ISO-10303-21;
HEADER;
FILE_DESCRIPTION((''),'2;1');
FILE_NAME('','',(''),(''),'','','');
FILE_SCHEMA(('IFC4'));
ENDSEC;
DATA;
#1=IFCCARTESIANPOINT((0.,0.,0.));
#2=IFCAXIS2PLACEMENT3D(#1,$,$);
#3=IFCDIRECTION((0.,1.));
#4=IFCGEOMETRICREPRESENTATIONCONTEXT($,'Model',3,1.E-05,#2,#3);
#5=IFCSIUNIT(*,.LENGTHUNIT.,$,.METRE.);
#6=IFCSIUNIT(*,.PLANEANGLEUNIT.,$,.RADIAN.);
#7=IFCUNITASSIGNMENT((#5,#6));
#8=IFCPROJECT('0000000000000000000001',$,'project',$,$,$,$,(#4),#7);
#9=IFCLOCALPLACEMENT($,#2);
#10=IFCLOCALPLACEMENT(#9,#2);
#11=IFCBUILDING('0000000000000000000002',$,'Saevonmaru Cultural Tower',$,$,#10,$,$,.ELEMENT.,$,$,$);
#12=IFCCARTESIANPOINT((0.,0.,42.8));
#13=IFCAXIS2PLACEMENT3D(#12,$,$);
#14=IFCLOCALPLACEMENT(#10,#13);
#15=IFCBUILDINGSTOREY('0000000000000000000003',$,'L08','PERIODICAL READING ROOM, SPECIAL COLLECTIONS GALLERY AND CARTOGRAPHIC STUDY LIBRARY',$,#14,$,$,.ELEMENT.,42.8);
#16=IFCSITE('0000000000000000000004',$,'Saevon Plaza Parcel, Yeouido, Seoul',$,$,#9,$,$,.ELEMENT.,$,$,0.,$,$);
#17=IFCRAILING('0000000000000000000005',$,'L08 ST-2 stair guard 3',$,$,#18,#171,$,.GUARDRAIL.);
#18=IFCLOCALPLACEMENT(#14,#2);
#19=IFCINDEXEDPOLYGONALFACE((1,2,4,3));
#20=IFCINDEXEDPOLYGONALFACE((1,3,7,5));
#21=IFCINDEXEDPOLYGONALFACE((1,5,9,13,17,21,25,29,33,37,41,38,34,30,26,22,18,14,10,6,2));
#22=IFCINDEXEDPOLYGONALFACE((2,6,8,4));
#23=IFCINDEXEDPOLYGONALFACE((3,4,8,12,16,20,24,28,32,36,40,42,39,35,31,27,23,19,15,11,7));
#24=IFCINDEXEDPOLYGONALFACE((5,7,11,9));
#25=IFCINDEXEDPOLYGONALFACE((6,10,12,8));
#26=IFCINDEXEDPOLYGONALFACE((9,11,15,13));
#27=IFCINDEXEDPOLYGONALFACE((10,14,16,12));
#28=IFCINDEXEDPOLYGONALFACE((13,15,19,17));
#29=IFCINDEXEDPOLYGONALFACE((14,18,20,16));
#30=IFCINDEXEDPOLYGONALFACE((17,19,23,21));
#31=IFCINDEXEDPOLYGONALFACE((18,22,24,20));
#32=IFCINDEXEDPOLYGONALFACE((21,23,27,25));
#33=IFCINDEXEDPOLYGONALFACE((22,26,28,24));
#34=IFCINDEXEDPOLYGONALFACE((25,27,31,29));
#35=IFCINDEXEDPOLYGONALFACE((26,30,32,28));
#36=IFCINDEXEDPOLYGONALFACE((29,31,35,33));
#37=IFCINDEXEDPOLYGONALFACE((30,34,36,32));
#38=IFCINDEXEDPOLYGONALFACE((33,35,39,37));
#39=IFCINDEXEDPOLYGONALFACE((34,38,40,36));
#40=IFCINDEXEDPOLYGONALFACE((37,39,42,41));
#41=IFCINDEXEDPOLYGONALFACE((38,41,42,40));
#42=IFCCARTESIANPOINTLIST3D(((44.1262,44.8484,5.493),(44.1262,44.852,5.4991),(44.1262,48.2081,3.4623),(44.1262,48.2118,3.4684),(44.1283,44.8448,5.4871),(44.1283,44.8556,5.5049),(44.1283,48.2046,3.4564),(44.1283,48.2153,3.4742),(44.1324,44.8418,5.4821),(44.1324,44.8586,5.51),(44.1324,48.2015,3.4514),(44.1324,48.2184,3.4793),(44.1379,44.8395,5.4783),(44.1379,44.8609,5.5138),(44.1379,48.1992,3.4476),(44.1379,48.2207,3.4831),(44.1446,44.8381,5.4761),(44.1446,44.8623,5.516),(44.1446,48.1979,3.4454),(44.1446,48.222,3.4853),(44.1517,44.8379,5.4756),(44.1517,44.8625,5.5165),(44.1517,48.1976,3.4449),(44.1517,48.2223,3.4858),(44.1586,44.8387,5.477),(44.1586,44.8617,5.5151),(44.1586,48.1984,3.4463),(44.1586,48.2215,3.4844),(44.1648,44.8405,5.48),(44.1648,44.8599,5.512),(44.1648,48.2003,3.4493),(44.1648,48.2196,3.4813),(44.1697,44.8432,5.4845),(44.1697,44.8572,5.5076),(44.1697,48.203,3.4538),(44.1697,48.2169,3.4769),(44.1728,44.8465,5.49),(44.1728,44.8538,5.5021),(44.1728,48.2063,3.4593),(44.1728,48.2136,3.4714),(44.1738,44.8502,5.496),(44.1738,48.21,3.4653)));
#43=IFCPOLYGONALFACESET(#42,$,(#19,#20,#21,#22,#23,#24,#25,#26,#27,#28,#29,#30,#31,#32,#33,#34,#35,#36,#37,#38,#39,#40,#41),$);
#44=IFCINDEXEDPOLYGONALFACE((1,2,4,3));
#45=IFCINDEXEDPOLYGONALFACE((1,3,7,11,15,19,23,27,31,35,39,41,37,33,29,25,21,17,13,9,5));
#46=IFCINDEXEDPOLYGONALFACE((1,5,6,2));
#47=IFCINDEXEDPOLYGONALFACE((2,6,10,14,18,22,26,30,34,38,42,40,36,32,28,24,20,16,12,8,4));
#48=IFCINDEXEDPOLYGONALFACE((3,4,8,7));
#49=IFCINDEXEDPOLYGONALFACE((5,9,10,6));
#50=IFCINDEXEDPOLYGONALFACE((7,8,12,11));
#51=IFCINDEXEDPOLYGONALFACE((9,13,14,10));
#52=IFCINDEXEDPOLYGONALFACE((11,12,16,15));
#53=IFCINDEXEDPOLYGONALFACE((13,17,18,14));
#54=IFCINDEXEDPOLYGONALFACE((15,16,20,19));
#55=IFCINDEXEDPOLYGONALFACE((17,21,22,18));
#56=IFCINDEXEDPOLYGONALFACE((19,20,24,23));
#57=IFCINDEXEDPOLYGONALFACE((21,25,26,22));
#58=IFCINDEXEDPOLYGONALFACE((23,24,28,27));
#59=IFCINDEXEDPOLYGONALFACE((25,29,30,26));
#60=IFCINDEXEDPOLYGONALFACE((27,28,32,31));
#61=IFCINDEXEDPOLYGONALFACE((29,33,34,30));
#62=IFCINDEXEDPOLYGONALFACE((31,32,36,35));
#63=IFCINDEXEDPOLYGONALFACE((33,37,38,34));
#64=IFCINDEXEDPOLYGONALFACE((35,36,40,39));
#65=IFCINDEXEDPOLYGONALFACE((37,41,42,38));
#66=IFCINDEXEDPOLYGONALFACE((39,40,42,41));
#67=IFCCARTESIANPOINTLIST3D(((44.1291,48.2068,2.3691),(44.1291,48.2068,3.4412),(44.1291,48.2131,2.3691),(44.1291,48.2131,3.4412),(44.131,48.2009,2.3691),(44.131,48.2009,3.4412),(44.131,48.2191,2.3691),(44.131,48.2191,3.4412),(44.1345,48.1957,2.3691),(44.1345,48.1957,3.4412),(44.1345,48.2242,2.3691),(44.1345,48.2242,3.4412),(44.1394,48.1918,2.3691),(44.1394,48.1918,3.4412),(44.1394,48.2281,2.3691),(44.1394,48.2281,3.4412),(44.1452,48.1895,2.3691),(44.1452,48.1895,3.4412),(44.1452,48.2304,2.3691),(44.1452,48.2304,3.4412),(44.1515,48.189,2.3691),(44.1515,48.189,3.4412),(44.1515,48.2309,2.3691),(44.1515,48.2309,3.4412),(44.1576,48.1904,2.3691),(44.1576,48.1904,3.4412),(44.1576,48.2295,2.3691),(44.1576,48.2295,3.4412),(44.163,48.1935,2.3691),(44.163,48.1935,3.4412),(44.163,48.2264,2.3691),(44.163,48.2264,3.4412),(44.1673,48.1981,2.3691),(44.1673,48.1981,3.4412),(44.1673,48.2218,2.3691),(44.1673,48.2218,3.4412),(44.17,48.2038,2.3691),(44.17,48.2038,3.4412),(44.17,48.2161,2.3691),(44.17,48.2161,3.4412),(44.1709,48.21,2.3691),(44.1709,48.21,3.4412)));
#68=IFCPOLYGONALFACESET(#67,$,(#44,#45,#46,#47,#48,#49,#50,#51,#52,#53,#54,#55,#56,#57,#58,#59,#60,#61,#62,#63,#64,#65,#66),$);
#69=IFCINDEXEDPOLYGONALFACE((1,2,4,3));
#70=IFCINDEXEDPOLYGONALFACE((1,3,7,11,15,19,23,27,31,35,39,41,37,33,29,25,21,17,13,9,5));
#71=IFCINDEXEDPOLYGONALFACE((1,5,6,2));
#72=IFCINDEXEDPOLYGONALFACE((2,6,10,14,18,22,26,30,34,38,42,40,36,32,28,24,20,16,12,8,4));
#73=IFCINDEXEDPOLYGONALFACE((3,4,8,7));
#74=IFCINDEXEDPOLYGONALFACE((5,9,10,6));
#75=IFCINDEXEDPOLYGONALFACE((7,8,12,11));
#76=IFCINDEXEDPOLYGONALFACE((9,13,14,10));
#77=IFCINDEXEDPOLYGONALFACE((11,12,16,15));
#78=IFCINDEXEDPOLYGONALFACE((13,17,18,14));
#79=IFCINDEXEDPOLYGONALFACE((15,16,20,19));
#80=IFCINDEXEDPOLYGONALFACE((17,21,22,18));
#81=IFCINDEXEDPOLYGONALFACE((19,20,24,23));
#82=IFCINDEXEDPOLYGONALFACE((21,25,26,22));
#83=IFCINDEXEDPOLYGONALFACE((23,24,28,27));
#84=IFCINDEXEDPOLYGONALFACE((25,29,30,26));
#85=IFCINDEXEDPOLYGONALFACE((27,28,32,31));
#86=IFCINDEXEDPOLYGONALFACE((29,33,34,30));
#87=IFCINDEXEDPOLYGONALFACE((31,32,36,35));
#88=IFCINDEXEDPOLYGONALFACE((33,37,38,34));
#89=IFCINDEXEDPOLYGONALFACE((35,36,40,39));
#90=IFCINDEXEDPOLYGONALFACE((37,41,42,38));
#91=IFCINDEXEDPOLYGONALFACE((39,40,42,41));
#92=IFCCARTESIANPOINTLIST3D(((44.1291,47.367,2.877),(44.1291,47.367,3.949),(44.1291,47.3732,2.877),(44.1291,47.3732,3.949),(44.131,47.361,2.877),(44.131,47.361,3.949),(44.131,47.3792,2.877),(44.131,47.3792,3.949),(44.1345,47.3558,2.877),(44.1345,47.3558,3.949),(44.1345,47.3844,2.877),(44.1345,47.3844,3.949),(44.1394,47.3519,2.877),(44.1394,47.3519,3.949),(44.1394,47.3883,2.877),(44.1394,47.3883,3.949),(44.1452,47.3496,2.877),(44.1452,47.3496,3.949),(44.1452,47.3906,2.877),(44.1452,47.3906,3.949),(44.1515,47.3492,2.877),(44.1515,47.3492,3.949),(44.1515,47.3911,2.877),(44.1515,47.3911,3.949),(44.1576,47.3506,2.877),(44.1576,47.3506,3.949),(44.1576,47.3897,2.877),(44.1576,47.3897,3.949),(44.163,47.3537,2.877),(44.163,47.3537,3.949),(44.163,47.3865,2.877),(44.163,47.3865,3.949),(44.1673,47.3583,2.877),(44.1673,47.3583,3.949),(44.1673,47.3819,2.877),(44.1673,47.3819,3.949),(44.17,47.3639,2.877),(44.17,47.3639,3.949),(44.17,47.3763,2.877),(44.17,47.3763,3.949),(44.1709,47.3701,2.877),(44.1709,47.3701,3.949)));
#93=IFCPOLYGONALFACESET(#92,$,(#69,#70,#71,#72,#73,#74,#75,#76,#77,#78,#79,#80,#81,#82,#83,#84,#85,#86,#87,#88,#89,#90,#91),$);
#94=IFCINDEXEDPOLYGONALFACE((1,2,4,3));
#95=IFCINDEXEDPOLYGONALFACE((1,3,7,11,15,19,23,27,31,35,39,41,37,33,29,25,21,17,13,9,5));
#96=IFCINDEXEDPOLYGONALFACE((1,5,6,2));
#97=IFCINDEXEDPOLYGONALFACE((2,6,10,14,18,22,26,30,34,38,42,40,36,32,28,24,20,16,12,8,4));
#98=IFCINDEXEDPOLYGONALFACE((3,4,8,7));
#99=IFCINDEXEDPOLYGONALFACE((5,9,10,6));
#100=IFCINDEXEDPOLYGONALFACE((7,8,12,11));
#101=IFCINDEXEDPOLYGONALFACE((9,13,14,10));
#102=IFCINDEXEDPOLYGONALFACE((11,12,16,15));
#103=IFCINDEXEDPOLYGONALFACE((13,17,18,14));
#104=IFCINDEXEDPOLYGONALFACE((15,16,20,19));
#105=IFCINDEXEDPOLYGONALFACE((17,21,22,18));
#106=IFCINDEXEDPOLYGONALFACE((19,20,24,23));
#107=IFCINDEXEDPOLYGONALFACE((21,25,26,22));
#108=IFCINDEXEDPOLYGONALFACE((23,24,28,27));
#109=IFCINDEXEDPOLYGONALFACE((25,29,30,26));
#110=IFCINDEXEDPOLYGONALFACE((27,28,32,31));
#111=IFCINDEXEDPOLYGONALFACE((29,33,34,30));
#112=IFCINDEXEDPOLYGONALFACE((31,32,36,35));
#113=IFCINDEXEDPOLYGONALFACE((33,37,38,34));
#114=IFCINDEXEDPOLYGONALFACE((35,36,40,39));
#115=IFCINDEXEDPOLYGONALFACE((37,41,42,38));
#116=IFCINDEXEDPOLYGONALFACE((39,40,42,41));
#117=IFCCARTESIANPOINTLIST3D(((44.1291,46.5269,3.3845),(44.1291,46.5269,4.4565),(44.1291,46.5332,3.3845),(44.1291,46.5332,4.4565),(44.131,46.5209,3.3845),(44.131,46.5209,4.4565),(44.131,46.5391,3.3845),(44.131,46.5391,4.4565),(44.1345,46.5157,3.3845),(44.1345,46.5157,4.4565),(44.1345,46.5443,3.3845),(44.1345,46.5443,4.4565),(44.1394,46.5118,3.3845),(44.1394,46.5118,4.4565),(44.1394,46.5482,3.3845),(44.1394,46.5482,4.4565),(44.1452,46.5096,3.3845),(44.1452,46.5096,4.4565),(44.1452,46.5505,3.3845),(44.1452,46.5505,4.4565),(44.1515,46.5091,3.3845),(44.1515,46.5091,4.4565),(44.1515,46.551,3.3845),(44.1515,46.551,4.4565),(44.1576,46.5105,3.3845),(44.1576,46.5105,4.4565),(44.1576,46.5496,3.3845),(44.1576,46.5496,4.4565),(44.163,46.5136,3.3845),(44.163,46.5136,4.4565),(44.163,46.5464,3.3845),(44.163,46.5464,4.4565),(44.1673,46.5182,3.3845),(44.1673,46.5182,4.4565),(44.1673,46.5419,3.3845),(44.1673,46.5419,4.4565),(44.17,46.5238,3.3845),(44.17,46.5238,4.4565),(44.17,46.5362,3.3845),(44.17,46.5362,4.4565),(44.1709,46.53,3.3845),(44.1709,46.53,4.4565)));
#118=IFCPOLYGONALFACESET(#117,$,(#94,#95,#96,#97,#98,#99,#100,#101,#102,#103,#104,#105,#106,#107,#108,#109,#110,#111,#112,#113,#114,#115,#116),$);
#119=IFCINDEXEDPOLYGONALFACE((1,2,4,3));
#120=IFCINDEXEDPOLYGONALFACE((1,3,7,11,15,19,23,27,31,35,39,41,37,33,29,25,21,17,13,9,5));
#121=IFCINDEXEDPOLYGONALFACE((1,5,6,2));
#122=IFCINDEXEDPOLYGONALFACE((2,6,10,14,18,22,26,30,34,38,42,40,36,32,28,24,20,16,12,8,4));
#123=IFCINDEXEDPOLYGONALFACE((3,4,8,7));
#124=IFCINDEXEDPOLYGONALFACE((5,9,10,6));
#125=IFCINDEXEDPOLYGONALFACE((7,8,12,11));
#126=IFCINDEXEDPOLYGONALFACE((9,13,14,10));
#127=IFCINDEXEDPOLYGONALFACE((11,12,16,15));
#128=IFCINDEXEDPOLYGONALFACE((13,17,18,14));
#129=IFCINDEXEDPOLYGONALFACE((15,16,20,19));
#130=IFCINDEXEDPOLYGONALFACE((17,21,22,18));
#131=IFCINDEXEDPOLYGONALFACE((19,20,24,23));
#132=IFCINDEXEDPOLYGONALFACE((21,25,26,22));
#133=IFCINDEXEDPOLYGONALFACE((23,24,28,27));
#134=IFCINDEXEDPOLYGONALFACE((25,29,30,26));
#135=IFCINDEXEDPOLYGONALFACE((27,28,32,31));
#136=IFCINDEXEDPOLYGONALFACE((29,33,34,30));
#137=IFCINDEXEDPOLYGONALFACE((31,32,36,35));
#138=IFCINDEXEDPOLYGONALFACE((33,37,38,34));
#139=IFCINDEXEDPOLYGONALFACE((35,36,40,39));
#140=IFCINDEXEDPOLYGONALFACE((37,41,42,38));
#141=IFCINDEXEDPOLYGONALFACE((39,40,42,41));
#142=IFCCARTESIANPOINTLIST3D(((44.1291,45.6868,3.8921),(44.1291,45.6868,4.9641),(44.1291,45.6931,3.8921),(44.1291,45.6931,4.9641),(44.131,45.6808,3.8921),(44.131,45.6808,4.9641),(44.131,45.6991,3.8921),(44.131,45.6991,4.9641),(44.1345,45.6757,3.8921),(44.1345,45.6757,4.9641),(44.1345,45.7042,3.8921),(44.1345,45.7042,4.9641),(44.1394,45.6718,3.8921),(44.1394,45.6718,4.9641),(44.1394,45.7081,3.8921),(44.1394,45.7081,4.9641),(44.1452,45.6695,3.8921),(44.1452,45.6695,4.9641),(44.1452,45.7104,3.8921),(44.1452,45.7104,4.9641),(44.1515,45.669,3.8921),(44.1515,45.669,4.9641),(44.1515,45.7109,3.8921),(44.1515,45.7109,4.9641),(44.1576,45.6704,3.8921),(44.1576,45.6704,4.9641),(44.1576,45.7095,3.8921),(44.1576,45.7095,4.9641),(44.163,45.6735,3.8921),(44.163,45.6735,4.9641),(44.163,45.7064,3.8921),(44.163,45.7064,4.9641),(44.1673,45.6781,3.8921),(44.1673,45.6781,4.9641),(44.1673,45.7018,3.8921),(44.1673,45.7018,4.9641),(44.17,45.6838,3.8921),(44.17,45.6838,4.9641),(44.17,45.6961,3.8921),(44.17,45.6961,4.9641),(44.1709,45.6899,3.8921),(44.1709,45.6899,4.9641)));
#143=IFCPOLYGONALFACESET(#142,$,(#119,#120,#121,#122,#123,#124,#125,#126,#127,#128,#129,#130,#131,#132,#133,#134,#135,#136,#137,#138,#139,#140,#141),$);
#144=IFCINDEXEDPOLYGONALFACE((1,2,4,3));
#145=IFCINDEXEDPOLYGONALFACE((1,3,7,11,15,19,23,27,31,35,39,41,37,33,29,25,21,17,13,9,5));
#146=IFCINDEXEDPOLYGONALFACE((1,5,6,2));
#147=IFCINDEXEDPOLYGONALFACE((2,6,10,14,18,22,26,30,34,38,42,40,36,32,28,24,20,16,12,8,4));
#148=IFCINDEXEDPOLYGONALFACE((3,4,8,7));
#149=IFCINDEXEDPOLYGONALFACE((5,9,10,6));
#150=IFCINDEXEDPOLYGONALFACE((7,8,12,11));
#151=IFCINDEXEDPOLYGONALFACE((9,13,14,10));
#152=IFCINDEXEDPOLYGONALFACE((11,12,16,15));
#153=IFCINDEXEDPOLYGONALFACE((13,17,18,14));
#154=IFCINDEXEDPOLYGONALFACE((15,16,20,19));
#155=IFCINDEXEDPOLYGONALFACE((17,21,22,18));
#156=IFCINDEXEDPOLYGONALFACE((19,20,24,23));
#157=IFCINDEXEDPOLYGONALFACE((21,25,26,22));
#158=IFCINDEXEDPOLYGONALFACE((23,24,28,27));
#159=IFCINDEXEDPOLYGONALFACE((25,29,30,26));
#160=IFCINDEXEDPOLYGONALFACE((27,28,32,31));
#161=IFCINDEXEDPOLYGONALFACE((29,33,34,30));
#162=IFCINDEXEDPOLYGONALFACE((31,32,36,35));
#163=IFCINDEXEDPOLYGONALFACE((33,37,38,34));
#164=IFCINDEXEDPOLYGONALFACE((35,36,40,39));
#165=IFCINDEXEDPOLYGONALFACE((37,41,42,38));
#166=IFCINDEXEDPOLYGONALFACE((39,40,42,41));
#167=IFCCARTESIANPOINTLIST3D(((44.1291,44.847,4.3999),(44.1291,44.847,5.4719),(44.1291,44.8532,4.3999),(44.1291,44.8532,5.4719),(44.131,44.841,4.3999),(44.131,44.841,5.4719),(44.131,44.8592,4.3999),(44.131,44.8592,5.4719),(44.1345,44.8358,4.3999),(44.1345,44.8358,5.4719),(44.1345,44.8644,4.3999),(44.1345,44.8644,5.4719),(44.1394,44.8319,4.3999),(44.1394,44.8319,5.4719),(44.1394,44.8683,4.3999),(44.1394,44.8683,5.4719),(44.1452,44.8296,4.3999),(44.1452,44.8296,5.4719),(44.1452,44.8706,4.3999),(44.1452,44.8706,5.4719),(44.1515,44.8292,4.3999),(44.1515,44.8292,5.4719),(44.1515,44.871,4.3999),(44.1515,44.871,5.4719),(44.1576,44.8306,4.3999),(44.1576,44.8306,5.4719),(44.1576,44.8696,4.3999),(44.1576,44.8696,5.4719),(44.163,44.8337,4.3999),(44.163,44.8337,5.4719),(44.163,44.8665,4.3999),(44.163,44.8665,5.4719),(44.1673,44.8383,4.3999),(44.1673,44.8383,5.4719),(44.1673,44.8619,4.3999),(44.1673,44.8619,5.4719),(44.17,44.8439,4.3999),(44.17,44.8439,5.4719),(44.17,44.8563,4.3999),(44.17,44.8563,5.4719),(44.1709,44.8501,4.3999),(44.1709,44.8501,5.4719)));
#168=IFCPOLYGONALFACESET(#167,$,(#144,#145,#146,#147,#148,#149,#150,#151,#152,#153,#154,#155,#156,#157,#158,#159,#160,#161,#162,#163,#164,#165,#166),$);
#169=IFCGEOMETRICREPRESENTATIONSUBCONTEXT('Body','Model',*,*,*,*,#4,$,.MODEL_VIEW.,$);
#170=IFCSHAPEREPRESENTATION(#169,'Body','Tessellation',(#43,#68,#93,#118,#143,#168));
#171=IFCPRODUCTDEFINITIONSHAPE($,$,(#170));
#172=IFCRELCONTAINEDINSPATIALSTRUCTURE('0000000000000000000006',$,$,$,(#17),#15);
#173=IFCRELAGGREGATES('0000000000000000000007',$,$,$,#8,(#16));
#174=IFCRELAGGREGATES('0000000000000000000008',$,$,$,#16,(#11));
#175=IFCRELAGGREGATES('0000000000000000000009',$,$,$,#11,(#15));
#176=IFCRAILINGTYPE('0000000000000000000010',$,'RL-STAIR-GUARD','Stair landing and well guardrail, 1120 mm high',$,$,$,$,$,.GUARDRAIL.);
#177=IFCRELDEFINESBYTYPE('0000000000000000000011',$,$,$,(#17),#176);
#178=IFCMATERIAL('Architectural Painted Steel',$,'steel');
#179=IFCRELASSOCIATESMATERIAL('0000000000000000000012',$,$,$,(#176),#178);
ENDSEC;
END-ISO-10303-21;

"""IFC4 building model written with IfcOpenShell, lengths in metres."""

from ifc_helpers import new_model, si_unit, direction, frame, origin, origin_2d, place, context, subcontext, project, spatial, circle, extrude, material, type_object, element, save


model = new_model("IFC4")

# Units and contexts
model_context = context("Model", 3, precision=1e-05, world=origin(), true_north=direction((0.0, 1.0)))
body_context = subcontext(model_context, "Body", "Model", "MODEL_VIEW")
ifc_project = project(units=[si_unit("LENGTHUNIT", "METRE"), si_unit("PLANEANGLEUNIT", "RADIAN")], contexts=[model_context])

# Site, building, storey
site_placement = place(None, origin())
site = spatial("IfcSite", under=ifc_project, at=site_placement, Name="Saevon Plaza Parcel, Yeouido, Seoul", CompositionType="ELEMENT", RefElevation=0.0)
building_placement = place(site_placement, origin())
building = spatial("IfcBuilding", under=site, at=building_placement, Name="Saevonmaru Cultural Tower", CompositionType="ELEMENT")
storey_placement = place(building_placement, frame((0.0, 0.0, 42.8)))
storey = spatial("IfcBuildingStorey", under=building, at=storey_placement, Name="L08", Description="PERIODICAL READING ROOM, SPECIAL COLLECTIONS GALLERY AND CARTOGRAPHIC STUDY LIBRARY", CompositionType="ELEMENT", Elevation=42.8)

# Railing
ifc_material_1 = material(Name="Architectural Painted Steel", Category="steel")
railing_type = type_object("IfcRailingType", Name="RL-STAIR-GUARD", Description="Stair landing and well guardrail, 1120 mm high", PredefinedType="GUARDRAIL", material=ifc_material_1)
railing_1_placement = place(storey_placement, frame((44.1499, 48.21, 2.3691)))
element("IfcRailing", 1, at=railing_1_placement, inside=storey, type_object=railing_type, Name="L08 ST-2 stair guard 3", PredefinedType="GUARDRAIL", context=body_context, shape_type="SweptSolid", body=[
    extrude(circle(Radius=0.0239, at=origin_2d()), frame((0.0, 0.0, 1.0962), z_axis=(0.0, -0.85582, 0.517273), x_axis=(1.0, 0.0, 0.0)), (0.0, 0.0, 1.0), 3.9258),
    extrude(circle(Radius=0.021, at=origin_2d()), origin(), (0.0, 0.0, 1.0), 1.072),
    extrude(circle(Radius=0.021, at=origin_2d()), frame((0.0, -0.8398, 0.5078)), (0.0, 0.0, 1.0), 1.072),
    extrude(circle(Radius=0.021, at=origin_2d()), frame((0.0, -1.6799, 1.0154)), (0.0, 0.0, 1.0), 1.072),
    extrude(circle(Radius=0.021, at=origin_2d()), frame((0.0, -2.52, 1.5229)), (0.0, 0.0, 1.0), 1.072),
    extrude(circle(Radius=0.021, at=origin_2d()), frame((0.0, -3.3599, 2.0308)), (0.0, 0.0, 1.0), 1.072),
])

save(model, "model.ifc")
